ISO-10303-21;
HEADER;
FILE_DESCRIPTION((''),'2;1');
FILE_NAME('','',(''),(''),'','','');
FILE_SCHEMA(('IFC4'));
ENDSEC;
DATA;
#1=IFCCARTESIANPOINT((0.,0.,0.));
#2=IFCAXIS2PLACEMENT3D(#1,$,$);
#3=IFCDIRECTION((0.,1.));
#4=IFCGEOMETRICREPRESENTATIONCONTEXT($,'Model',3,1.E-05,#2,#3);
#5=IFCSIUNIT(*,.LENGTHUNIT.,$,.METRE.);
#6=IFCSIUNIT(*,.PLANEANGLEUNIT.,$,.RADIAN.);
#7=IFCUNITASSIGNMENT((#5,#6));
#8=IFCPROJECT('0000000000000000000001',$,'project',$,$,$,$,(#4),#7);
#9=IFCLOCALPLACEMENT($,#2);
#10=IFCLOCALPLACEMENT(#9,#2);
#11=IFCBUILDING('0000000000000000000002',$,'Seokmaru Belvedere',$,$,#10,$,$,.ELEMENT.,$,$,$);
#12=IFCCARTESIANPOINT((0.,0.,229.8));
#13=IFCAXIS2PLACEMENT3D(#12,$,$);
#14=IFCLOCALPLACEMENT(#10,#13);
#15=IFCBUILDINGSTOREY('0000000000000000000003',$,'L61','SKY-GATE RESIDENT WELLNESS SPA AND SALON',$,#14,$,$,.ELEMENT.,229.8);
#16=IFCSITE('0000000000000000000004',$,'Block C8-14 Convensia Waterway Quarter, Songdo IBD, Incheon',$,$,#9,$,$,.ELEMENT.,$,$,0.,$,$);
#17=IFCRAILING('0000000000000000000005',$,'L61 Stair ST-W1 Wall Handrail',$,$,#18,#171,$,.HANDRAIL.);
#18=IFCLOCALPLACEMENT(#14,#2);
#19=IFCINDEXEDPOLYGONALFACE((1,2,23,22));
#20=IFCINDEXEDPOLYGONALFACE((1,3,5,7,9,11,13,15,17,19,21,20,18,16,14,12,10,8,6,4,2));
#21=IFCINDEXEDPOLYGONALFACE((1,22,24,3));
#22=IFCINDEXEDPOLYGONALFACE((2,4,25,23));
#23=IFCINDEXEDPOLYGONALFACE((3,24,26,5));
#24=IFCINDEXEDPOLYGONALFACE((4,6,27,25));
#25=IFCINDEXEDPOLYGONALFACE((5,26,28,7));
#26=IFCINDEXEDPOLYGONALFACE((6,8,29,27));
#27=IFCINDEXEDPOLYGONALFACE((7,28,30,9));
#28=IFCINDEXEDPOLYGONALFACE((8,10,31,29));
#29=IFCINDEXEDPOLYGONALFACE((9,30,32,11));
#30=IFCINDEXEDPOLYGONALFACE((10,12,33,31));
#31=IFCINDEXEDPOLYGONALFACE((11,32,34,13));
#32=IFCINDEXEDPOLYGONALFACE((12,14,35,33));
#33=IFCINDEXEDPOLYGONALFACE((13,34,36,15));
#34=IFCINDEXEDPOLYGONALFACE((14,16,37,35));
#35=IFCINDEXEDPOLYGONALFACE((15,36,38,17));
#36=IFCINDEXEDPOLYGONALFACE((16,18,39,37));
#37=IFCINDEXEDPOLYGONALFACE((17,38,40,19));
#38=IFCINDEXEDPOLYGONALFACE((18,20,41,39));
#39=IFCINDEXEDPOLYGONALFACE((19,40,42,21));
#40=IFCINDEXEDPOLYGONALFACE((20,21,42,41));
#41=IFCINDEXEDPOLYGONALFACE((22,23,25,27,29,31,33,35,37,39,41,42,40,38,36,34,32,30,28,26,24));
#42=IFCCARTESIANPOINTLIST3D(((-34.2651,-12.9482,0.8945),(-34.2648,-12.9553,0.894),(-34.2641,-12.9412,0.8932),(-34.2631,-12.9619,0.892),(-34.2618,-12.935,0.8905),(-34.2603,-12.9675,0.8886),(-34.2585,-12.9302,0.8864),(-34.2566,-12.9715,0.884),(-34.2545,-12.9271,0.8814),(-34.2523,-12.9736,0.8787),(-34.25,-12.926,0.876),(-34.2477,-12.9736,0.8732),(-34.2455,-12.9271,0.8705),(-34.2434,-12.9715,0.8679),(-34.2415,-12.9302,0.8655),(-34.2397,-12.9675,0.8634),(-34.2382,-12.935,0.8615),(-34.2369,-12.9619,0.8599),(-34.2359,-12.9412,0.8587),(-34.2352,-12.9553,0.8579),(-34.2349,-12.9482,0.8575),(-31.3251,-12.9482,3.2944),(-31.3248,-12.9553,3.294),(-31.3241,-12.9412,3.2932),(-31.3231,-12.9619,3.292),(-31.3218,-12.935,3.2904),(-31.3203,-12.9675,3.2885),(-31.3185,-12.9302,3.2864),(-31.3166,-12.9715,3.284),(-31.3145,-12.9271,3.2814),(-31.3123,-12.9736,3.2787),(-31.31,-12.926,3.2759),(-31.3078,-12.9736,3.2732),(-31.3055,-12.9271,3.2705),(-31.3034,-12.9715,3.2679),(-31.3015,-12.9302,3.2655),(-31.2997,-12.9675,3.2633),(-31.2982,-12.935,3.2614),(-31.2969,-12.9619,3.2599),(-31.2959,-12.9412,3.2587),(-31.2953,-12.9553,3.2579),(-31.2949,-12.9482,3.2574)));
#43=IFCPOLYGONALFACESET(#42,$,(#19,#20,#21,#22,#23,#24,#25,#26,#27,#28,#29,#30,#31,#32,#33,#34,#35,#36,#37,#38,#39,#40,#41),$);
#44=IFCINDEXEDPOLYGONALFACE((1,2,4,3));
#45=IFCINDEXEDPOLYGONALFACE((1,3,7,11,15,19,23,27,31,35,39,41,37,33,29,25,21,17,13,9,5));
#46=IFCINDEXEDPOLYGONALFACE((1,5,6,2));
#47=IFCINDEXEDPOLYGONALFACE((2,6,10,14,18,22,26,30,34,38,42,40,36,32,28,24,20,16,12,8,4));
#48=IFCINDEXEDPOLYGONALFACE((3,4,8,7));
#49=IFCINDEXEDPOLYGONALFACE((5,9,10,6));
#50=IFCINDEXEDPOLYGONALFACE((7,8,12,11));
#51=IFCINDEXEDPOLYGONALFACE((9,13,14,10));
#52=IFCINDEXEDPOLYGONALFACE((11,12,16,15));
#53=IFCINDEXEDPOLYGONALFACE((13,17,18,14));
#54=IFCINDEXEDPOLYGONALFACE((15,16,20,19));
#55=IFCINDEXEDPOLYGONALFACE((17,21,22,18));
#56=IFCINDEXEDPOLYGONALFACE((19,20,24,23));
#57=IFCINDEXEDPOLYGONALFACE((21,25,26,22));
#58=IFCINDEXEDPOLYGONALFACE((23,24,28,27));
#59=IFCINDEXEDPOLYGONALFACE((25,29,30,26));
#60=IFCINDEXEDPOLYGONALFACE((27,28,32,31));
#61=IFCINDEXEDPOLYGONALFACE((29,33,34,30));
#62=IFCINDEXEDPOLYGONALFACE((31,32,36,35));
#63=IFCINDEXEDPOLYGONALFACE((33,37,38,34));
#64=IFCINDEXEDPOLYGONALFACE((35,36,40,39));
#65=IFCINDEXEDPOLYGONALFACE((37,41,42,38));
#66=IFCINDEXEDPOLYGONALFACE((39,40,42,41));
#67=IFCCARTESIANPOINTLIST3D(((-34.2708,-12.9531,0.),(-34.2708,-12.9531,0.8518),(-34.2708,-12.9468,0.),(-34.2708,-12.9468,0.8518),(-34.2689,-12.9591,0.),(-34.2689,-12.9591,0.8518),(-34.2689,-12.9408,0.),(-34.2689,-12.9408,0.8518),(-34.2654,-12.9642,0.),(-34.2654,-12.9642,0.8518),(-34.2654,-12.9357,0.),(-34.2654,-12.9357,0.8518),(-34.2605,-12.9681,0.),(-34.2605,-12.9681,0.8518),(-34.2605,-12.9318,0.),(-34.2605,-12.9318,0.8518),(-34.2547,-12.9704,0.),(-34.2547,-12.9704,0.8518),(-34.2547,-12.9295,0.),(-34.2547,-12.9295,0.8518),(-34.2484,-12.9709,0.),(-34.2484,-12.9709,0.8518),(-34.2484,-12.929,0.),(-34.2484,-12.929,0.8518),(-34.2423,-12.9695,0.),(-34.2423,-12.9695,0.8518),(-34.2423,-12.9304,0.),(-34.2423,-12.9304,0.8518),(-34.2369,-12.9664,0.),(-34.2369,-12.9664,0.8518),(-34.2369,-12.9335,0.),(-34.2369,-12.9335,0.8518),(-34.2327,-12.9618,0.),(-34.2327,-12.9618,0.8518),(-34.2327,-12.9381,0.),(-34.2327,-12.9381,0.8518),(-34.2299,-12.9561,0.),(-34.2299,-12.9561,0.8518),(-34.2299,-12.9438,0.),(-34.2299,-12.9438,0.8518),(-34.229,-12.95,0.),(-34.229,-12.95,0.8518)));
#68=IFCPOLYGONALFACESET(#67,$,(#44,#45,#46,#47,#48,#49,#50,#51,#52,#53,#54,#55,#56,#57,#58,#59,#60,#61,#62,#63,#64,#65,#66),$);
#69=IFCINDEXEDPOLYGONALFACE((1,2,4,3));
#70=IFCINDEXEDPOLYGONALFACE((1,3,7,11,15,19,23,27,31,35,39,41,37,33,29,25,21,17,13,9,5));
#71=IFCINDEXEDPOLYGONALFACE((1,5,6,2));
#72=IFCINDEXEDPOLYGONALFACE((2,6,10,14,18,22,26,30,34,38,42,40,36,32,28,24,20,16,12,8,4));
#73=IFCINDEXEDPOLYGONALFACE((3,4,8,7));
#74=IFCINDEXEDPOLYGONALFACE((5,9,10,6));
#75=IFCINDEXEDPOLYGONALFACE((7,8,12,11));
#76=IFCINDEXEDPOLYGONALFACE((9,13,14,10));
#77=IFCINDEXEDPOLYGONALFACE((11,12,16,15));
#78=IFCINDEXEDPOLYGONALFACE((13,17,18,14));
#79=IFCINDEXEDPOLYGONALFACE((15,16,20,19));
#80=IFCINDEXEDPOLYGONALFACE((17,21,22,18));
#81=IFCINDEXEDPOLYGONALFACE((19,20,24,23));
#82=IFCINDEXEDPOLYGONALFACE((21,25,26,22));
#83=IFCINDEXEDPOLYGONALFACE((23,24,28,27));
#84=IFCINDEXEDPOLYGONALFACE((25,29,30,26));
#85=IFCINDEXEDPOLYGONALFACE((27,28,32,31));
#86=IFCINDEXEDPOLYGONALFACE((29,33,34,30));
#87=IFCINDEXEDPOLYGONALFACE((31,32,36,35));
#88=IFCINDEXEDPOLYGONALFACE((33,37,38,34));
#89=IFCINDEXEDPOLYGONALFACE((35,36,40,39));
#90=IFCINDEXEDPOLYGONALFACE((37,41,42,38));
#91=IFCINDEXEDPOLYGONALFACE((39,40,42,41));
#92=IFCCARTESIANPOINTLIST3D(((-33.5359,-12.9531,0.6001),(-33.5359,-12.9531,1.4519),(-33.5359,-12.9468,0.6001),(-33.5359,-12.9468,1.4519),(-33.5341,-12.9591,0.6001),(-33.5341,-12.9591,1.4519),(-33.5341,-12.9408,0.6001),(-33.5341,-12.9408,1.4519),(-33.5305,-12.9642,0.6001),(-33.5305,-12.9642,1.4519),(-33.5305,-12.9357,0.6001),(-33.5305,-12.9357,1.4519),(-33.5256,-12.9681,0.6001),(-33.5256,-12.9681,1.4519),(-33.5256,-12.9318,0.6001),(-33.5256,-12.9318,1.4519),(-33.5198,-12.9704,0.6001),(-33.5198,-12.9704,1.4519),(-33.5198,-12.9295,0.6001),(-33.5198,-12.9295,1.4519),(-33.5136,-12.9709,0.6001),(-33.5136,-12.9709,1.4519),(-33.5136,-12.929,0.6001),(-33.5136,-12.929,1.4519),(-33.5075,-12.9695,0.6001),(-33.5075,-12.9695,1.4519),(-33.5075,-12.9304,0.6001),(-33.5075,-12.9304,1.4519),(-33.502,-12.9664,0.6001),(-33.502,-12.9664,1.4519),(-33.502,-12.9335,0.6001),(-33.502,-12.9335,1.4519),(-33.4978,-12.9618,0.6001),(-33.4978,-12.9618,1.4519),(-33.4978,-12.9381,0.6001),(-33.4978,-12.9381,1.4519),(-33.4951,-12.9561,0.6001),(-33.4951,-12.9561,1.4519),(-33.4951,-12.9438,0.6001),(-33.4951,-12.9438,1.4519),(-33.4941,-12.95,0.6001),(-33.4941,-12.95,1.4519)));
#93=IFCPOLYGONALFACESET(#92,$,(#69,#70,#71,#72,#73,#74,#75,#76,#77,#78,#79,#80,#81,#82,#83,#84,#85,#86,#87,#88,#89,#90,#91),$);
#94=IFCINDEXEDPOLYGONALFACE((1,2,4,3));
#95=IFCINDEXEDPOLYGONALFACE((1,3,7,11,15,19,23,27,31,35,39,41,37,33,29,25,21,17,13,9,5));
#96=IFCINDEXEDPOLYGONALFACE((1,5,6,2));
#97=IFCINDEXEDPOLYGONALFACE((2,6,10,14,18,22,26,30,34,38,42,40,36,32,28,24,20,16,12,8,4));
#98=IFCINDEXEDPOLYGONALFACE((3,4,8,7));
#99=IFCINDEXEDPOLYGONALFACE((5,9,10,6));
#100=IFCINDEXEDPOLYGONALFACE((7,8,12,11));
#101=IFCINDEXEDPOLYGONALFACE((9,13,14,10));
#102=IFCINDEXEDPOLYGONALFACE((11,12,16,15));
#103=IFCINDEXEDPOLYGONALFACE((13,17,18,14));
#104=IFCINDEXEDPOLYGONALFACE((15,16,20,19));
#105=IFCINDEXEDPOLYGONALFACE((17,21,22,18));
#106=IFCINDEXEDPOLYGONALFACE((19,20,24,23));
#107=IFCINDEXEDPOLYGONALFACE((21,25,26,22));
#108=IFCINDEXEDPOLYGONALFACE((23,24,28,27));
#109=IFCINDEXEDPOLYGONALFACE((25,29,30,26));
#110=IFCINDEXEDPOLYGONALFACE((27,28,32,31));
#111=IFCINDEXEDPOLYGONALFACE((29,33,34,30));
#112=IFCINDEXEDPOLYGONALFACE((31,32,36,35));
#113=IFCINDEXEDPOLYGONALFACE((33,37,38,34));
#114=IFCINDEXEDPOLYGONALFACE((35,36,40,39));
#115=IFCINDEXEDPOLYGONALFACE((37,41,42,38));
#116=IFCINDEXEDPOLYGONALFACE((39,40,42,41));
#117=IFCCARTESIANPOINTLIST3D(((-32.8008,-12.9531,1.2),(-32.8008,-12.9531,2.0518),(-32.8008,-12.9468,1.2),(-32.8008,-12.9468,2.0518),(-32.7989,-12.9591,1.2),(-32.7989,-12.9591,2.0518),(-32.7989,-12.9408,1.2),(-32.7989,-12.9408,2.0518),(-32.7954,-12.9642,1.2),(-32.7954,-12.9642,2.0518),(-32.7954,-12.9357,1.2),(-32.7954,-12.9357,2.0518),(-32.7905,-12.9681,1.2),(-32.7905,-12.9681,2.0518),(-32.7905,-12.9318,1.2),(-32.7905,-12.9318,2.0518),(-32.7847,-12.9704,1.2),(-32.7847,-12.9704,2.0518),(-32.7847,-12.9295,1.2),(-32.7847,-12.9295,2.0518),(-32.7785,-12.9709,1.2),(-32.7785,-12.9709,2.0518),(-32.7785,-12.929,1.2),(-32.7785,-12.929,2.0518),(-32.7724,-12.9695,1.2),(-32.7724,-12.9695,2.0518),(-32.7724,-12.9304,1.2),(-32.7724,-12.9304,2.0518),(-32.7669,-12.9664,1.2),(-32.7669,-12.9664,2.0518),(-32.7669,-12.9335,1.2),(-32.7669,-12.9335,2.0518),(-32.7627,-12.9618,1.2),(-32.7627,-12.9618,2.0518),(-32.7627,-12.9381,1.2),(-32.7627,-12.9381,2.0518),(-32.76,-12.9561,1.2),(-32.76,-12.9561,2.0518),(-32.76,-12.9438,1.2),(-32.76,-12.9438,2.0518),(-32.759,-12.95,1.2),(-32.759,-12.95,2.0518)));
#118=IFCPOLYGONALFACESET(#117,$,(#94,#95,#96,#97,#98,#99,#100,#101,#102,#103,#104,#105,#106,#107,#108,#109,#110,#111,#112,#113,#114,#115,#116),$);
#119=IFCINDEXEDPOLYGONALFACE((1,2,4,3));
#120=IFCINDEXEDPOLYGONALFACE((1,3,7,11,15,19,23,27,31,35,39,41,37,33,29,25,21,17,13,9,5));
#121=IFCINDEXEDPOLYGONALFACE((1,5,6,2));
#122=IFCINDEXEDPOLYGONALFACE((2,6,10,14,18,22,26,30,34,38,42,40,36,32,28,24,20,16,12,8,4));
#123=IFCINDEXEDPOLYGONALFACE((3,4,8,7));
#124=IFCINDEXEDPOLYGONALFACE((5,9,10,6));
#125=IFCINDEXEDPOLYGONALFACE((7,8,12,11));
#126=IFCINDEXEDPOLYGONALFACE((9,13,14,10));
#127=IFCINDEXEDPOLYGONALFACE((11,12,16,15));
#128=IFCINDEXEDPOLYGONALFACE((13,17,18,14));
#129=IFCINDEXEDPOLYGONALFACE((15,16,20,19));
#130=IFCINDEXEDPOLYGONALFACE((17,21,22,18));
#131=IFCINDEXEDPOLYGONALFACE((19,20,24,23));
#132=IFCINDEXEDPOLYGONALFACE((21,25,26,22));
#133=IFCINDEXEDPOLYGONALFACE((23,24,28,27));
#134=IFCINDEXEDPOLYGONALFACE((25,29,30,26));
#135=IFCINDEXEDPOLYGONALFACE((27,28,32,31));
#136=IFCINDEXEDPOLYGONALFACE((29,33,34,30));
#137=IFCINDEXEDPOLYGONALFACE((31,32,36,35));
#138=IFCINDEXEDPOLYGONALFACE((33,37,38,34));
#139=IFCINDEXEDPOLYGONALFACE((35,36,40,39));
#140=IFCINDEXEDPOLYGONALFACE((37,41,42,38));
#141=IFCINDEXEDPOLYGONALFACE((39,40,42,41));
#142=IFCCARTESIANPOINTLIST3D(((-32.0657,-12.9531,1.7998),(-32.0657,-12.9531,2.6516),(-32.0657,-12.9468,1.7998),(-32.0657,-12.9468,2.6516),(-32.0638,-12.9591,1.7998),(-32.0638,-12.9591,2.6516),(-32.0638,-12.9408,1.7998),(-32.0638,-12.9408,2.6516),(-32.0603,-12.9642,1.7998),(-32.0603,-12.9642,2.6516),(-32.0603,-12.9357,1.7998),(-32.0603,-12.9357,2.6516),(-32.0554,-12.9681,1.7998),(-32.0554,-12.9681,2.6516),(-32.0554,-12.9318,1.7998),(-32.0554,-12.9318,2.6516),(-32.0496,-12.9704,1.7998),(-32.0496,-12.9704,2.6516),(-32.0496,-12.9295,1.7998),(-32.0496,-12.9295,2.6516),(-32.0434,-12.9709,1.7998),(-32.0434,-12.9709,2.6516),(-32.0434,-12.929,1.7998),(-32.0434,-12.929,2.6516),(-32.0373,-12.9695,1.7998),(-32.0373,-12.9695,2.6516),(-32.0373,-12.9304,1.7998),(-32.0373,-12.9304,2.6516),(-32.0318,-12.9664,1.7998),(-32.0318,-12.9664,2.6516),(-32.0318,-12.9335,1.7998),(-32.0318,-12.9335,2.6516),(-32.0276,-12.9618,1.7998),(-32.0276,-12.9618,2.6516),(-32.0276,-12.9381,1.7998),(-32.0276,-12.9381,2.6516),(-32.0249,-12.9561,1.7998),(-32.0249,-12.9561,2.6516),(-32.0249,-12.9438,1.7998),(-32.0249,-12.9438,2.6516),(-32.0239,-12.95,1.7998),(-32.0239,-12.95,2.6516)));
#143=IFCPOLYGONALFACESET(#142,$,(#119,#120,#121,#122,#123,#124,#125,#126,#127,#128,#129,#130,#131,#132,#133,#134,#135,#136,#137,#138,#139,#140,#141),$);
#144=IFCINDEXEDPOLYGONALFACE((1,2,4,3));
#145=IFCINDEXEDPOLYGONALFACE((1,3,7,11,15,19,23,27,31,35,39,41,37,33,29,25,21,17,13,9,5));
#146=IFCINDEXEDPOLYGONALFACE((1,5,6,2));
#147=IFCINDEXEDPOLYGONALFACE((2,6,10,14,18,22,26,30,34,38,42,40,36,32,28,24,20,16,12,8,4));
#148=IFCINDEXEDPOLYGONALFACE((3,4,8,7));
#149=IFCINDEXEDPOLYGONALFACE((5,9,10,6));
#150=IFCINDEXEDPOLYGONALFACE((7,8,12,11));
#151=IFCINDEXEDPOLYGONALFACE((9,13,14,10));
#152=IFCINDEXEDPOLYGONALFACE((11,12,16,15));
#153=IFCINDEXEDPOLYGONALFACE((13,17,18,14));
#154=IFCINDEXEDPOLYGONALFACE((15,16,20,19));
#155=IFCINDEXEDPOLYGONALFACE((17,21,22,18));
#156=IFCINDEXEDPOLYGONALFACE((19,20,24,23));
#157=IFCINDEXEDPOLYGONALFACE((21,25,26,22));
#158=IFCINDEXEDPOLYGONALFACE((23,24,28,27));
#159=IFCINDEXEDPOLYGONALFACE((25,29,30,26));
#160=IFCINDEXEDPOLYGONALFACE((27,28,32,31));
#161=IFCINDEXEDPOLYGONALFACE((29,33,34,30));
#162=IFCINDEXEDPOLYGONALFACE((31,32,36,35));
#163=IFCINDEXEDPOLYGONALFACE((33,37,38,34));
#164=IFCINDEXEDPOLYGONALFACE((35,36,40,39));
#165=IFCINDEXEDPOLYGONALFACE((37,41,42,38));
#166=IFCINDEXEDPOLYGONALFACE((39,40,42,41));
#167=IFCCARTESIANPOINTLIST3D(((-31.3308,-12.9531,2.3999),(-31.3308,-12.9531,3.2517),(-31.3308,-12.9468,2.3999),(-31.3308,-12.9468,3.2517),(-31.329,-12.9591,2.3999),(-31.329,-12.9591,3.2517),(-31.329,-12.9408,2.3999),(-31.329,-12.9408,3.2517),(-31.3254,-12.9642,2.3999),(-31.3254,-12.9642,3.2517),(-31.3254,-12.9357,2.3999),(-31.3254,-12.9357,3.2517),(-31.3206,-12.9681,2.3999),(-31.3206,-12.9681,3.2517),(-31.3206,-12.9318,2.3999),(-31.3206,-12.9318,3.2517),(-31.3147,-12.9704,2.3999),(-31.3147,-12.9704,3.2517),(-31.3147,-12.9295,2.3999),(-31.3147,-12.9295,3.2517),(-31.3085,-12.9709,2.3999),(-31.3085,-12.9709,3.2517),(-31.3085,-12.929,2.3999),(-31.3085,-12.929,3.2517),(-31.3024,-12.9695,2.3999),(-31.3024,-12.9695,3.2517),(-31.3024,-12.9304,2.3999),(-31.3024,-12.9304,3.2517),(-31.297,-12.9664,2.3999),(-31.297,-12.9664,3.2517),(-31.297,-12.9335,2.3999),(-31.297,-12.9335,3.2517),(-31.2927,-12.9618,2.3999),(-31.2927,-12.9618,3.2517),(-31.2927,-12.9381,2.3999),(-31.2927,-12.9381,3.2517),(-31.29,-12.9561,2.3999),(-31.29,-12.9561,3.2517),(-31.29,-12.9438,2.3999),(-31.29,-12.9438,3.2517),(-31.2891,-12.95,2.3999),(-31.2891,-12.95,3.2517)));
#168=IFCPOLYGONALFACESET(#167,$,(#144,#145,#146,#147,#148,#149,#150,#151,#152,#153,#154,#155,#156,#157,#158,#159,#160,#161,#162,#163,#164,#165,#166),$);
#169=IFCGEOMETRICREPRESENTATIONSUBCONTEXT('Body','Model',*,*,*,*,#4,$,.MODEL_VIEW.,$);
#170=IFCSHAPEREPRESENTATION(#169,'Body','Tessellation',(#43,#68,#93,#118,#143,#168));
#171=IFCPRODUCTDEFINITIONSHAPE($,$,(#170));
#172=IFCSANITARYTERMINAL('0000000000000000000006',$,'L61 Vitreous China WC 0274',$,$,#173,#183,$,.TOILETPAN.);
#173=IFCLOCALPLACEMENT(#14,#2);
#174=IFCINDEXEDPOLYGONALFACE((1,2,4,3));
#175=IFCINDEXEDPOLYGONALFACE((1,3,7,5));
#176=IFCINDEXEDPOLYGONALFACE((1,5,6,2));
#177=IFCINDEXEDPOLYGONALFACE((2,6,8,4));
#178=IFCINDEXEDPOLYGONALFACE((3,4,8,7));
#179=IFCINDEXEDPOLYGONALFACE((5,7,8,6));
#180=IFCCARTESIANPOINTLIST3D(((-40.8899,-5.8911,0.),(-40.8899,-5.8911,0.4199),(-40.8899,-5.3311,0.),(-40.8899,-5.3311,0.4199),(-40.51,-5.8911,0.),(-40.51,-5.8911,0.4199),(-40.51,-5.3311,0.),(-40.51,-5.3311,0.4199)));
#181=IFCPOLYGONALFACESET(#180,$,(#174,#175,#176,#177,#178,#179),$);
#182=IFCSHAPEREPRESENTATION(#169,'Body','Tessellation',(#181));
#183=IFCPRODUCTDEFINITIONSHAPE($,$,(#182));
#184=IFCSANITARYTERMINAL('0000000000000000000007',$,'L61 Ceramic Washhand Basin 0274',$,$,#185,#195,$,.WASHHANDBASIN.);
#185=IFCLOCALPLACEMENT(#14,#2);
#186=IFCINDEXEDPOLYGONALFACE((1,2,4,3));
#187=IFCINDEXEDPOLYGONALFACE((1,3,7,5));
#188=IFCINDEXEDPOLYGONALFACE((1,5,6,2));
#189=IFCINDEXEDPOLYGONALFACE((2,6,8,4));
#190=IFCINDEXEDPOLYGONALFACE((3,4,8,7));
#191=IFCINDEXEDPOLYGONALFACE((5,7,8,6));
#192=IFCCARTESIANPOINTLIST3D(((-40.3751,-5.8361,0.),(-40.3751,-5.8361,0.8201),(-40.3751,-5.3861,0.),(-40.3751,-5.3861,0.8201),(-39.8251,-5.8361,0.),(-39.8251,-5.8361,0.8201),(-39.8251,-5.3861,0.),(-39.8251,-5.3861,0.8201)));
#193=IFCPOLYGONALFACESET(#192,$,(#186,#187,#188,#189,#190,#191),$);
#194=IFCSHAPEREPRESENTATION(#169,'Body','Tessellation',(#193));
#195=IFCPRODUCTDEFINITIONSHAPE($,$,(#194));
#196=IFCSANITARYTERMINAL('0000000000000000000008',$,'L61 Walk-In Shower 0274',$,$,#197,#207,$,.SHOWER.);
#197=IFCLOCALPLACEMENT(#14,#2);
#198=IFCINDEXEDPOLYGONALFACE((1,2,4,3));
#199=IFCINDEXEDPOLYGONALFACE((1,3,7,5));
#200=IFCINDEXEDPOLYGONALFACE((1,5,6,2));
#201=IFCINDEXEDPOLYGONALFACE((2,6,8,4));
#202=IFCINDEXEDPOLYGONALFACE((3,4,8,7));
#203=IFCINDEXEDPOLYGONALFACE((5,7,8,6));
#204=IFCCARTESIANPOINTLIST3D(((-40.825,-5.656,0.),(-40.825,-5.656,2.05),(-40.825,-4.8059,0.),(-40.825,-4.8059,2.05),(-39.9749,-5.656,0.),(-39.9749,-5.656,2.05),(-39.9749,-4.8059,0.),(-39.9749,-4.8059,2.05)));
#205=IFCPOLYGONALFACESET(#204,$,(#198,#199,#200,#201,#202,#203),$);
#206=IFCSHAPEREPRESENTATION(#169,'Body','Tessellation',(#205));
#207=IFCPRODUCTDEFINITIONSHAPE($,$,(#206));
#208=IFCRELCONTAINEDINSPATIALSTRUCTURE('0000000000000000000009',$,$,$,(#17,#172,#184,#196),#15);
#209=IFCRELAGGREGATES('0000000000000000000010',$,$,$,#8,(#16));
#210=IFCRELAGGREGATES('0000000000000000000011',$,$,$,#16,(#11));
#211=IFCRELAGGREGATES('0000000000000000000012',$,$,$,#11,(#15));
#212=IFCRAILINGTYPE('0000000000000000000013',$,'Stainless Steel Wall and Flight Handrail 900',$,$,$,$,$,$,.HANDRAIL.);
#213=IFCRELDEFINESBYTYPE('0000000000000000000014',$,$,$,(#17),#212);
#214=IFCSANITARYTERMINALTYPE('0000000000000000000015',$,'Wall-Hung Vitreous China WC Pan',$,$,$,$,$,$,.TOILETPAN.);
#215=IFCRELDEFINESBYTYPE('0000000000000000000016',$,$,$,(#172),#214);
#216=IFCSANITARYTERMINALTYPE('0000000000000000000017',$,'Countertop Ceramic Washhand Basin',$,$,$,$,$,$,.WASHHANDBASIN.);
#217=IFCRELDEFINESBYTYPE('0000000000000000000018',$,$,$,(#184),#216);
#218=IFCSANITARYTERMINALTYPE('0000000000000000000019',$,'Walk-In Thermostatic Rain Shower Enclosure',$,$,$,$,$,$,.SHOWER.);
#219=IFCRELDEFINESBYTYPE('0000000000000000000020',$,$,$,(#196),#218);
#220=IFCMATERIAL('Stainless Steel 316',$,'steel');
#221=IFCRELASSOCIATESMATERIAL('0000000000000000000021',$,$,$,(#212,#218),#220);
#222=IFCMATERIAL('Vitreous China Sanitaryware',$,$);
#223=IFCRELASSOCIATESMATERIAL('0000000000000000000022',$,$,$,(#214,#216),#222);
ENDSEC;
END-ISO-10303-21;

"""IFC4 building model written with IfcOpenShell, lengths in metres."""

from ifc_helpers import new_model, si_unit, direction, frame, origin, origin_2d, place, context, subcontext, project, spatial, rectangle, circle, extrude, source, transform, mapped, material, type_object, type_shapes, element, save


model = new_model("IFC4")

# Units and contexts
model_context = context("Model", 3, precision=1e-05, world=origin(), true_north=direction((0.0, 1.0)))
body_context = subcontext(model_context, "Body", "Model", "MODEL_VIEW")
ifc_project = project(units=[si_unit("LENGTHUNIT", "METRE"), si_unit("PLANEANGLEUNIT", "RADIAN")], contexts=[model_context])

# Site, building, storey
site_placement = place(None, origin())
site = spatial("IfcSite", under=ifc_project, at=site_placement, Name="Block C8-14 Convensia Waterway Quarter, Songdo IBD, Incheon", CompositionType="ELEMENT", RefElevation=0.0)
building_placement = place(site_placement, origin())
building = spatial("IfcBuilding", under=site, at=building_placement, Name="Seokmaru Belvedere", CompositionType="ELEMENT")
storey_placement = place(building_placement, frame((0.0, 0.0, 229.8)))
storey = spatial("IfcBuildingStorey", under=building, at=storey_placement, Name="L61", Description="SKY-GATE RESIDENT WELLNESS SPA AND SALON", CompositionType="ELEMENT", Elevation=229.8)

# Railing
ifc_material_1 = material(Name="Stainless Steel 316", Category="steel")
railing_type_1 = type_object("IfcRailingType", Name="Stainless Steel Wall and Flight Handrail 900", PredefinedType="HANDRAIL", material=ifc_material_1)
railing_1_placement = place(storey_placement, frame((-34.25, -12.95, 0.0)))
element("IfcRailing", 1, at=railing_1_placement, inside=storey, type_object=railing_type_1, Name="L61 Stair ST-W1 Wall Handrail", PredefinedType="HANDRAIL", context=body_context, shape_type="SweptSolid", body=[
    extrude(circle(Radius=0.0239, at=origin_2d()), frame((0.0, 0.0, 0.876), z_axis=(0.774668, 0.0, 0.632369), x_axis=(0.0, 1.0, 0.0)), (0.0, 0.0, 1.0), 3.7952),
    extrude(circle(Radius=0.021, at=origin_2d()), origin(), (0.0, 0.0, 1.0), 0.8518),
    extrude(circle(Radius=0.021, at=origin_2d()), frame((0.7349, 0.0, 0.6001)), (0.0, 0.0, 1.0), 0.8518),
    extrude(circle(Radius=0.021, at=origin_2d()), frame((1.47, 0.0, 1.2)), (0.0, 0.0, 1.0), 0.8518),
    extrude(circle(Radius=0.021, at=origin_2d()), frame((2.2051, 0.0, 1.7998)), (0.0, 0.0, 1.0), 0.8518),
    extrude(circle(Radius=0.021, at=origin_2d()), frame((2.9399, 0.0, 2.3999)), (0.0, 0.0, 1.0), 0.8518),
])

# Sanitary terminals
ifc_material_2 = material(Name="Vitreous China Sanitaryware")
sanitary_terminal_type_1 = type_object("IfcSanitaryTerminalType", Name="Wall-Hung Vitreous China WC Pan", PredefinedType="TOILETPAN", material=ifc_material_2)
shared_shape_1 = source(origin(), body_context, "Body", "SweptSolid", [
    extrude(rectangle(XDim=0.3799, YDim=0.5601, at=origin_2d()), origin(), (0.0, 0.0, 1.0), 0.4199),
])
type_shapes(sanitary_terminal_type_1, [shared_shape_1])
sanitary_terminal_1_placement = place(storey_placement, frame((-40.7, -5.6111, 0.0), z_axis=(0.0, 0.0, 1.0), x_axis=(1.0, 0.0, 0.0)))
element("IfcSanitaryTerminal", 2, at=sanitary_terminal_1_placement, inside=storey, type_object=sanitary_terminal_type_1, Name="L61 Vitreous China WC 0274", PredefinedType="TOILETPAN", context=body_context, shape_type="MappedRepresentation", body=[
    mapped(shared_shape_1, transform((0.0, 0.0, 0.0), scale=1.0)),
])
sanitary_terminal_type_2 = type_object("IfcSanitaryTerminalType", Name="Countertop Ceramic Washhand Basin", PredefinedType="WASHHANDBASIN", material=ifc_material_2)
shared_shape_2 = source(origin(), body_context, "Body", "SweptSolid", [
    extrude(rectangle(XDim=0.55, YDim=0.45, at=origin_2d()), origin(), (0.0, 0.0, 1.0), 0.8201),
])
type_shapes(sanitary_terminal_type_2, [shared_shape_2])
sanitary_terminal_2_placement = place(storey_placement, frame((-40.1001, -5.6111, 0.0), z_axis=(0.0, 0.0, 1.0), x_axis=(1.0, 0.0, 0.0)))
element("IfcSanitaryTerminal", 3, at=sanitary_terminal_2_placement, inside=storey, type_object=sanitary_terminal_type_2, Name="L61 Ceramic Washhand Basin 0274", PredefinedType="WASHHANDBASIN", context=body_context, shape_type="MappedRepresentation", body=[
    mapped(shared_shape_2, transform((0.0, 0.0, 0.0), scale=1.0)),
])
sanitary_terminal_type_3 = type_object("IfcSanitaryTerminalType", Name="Walk-In Thermostatic Rain Shower Enclosure", PredefinedType="SHOWER", material=ifc_material_1)
shared_shape_3 = source(origin(), body_context, "Body", "SweptSolid", [
    extrude(rectangle(XDim=0.8501, YDim=0.8501, at=origin_2d()), origin(), (0.0, 0.0, 1.0), 2.05),
])
type_shapes(sanitary_terminal_type_3, [shared_shape_3])
sanitary_terminal_3_placement = place(storey_placement, frame((-40.3999, -5.231, 0.0), z_axis=(0.0, 0.0, 1.0), x_axis=(1.0, 0.0, 0.0)))
element("IfcSanitaryTerminal", 4, at=sanitary_terminal_3_placement, inside=storey, type_object=sanitary_terminal_type_3, Name="L61 Walk-In Shower 0274", PredefinedType="SHOWER", context=body_context, shape_type="MappedRepresentation", body=[
    mapped(shared_shape_3, transform((0.0, 0.0, 0.0), scale=1.0)),
])

save(model, "model.ifc")
